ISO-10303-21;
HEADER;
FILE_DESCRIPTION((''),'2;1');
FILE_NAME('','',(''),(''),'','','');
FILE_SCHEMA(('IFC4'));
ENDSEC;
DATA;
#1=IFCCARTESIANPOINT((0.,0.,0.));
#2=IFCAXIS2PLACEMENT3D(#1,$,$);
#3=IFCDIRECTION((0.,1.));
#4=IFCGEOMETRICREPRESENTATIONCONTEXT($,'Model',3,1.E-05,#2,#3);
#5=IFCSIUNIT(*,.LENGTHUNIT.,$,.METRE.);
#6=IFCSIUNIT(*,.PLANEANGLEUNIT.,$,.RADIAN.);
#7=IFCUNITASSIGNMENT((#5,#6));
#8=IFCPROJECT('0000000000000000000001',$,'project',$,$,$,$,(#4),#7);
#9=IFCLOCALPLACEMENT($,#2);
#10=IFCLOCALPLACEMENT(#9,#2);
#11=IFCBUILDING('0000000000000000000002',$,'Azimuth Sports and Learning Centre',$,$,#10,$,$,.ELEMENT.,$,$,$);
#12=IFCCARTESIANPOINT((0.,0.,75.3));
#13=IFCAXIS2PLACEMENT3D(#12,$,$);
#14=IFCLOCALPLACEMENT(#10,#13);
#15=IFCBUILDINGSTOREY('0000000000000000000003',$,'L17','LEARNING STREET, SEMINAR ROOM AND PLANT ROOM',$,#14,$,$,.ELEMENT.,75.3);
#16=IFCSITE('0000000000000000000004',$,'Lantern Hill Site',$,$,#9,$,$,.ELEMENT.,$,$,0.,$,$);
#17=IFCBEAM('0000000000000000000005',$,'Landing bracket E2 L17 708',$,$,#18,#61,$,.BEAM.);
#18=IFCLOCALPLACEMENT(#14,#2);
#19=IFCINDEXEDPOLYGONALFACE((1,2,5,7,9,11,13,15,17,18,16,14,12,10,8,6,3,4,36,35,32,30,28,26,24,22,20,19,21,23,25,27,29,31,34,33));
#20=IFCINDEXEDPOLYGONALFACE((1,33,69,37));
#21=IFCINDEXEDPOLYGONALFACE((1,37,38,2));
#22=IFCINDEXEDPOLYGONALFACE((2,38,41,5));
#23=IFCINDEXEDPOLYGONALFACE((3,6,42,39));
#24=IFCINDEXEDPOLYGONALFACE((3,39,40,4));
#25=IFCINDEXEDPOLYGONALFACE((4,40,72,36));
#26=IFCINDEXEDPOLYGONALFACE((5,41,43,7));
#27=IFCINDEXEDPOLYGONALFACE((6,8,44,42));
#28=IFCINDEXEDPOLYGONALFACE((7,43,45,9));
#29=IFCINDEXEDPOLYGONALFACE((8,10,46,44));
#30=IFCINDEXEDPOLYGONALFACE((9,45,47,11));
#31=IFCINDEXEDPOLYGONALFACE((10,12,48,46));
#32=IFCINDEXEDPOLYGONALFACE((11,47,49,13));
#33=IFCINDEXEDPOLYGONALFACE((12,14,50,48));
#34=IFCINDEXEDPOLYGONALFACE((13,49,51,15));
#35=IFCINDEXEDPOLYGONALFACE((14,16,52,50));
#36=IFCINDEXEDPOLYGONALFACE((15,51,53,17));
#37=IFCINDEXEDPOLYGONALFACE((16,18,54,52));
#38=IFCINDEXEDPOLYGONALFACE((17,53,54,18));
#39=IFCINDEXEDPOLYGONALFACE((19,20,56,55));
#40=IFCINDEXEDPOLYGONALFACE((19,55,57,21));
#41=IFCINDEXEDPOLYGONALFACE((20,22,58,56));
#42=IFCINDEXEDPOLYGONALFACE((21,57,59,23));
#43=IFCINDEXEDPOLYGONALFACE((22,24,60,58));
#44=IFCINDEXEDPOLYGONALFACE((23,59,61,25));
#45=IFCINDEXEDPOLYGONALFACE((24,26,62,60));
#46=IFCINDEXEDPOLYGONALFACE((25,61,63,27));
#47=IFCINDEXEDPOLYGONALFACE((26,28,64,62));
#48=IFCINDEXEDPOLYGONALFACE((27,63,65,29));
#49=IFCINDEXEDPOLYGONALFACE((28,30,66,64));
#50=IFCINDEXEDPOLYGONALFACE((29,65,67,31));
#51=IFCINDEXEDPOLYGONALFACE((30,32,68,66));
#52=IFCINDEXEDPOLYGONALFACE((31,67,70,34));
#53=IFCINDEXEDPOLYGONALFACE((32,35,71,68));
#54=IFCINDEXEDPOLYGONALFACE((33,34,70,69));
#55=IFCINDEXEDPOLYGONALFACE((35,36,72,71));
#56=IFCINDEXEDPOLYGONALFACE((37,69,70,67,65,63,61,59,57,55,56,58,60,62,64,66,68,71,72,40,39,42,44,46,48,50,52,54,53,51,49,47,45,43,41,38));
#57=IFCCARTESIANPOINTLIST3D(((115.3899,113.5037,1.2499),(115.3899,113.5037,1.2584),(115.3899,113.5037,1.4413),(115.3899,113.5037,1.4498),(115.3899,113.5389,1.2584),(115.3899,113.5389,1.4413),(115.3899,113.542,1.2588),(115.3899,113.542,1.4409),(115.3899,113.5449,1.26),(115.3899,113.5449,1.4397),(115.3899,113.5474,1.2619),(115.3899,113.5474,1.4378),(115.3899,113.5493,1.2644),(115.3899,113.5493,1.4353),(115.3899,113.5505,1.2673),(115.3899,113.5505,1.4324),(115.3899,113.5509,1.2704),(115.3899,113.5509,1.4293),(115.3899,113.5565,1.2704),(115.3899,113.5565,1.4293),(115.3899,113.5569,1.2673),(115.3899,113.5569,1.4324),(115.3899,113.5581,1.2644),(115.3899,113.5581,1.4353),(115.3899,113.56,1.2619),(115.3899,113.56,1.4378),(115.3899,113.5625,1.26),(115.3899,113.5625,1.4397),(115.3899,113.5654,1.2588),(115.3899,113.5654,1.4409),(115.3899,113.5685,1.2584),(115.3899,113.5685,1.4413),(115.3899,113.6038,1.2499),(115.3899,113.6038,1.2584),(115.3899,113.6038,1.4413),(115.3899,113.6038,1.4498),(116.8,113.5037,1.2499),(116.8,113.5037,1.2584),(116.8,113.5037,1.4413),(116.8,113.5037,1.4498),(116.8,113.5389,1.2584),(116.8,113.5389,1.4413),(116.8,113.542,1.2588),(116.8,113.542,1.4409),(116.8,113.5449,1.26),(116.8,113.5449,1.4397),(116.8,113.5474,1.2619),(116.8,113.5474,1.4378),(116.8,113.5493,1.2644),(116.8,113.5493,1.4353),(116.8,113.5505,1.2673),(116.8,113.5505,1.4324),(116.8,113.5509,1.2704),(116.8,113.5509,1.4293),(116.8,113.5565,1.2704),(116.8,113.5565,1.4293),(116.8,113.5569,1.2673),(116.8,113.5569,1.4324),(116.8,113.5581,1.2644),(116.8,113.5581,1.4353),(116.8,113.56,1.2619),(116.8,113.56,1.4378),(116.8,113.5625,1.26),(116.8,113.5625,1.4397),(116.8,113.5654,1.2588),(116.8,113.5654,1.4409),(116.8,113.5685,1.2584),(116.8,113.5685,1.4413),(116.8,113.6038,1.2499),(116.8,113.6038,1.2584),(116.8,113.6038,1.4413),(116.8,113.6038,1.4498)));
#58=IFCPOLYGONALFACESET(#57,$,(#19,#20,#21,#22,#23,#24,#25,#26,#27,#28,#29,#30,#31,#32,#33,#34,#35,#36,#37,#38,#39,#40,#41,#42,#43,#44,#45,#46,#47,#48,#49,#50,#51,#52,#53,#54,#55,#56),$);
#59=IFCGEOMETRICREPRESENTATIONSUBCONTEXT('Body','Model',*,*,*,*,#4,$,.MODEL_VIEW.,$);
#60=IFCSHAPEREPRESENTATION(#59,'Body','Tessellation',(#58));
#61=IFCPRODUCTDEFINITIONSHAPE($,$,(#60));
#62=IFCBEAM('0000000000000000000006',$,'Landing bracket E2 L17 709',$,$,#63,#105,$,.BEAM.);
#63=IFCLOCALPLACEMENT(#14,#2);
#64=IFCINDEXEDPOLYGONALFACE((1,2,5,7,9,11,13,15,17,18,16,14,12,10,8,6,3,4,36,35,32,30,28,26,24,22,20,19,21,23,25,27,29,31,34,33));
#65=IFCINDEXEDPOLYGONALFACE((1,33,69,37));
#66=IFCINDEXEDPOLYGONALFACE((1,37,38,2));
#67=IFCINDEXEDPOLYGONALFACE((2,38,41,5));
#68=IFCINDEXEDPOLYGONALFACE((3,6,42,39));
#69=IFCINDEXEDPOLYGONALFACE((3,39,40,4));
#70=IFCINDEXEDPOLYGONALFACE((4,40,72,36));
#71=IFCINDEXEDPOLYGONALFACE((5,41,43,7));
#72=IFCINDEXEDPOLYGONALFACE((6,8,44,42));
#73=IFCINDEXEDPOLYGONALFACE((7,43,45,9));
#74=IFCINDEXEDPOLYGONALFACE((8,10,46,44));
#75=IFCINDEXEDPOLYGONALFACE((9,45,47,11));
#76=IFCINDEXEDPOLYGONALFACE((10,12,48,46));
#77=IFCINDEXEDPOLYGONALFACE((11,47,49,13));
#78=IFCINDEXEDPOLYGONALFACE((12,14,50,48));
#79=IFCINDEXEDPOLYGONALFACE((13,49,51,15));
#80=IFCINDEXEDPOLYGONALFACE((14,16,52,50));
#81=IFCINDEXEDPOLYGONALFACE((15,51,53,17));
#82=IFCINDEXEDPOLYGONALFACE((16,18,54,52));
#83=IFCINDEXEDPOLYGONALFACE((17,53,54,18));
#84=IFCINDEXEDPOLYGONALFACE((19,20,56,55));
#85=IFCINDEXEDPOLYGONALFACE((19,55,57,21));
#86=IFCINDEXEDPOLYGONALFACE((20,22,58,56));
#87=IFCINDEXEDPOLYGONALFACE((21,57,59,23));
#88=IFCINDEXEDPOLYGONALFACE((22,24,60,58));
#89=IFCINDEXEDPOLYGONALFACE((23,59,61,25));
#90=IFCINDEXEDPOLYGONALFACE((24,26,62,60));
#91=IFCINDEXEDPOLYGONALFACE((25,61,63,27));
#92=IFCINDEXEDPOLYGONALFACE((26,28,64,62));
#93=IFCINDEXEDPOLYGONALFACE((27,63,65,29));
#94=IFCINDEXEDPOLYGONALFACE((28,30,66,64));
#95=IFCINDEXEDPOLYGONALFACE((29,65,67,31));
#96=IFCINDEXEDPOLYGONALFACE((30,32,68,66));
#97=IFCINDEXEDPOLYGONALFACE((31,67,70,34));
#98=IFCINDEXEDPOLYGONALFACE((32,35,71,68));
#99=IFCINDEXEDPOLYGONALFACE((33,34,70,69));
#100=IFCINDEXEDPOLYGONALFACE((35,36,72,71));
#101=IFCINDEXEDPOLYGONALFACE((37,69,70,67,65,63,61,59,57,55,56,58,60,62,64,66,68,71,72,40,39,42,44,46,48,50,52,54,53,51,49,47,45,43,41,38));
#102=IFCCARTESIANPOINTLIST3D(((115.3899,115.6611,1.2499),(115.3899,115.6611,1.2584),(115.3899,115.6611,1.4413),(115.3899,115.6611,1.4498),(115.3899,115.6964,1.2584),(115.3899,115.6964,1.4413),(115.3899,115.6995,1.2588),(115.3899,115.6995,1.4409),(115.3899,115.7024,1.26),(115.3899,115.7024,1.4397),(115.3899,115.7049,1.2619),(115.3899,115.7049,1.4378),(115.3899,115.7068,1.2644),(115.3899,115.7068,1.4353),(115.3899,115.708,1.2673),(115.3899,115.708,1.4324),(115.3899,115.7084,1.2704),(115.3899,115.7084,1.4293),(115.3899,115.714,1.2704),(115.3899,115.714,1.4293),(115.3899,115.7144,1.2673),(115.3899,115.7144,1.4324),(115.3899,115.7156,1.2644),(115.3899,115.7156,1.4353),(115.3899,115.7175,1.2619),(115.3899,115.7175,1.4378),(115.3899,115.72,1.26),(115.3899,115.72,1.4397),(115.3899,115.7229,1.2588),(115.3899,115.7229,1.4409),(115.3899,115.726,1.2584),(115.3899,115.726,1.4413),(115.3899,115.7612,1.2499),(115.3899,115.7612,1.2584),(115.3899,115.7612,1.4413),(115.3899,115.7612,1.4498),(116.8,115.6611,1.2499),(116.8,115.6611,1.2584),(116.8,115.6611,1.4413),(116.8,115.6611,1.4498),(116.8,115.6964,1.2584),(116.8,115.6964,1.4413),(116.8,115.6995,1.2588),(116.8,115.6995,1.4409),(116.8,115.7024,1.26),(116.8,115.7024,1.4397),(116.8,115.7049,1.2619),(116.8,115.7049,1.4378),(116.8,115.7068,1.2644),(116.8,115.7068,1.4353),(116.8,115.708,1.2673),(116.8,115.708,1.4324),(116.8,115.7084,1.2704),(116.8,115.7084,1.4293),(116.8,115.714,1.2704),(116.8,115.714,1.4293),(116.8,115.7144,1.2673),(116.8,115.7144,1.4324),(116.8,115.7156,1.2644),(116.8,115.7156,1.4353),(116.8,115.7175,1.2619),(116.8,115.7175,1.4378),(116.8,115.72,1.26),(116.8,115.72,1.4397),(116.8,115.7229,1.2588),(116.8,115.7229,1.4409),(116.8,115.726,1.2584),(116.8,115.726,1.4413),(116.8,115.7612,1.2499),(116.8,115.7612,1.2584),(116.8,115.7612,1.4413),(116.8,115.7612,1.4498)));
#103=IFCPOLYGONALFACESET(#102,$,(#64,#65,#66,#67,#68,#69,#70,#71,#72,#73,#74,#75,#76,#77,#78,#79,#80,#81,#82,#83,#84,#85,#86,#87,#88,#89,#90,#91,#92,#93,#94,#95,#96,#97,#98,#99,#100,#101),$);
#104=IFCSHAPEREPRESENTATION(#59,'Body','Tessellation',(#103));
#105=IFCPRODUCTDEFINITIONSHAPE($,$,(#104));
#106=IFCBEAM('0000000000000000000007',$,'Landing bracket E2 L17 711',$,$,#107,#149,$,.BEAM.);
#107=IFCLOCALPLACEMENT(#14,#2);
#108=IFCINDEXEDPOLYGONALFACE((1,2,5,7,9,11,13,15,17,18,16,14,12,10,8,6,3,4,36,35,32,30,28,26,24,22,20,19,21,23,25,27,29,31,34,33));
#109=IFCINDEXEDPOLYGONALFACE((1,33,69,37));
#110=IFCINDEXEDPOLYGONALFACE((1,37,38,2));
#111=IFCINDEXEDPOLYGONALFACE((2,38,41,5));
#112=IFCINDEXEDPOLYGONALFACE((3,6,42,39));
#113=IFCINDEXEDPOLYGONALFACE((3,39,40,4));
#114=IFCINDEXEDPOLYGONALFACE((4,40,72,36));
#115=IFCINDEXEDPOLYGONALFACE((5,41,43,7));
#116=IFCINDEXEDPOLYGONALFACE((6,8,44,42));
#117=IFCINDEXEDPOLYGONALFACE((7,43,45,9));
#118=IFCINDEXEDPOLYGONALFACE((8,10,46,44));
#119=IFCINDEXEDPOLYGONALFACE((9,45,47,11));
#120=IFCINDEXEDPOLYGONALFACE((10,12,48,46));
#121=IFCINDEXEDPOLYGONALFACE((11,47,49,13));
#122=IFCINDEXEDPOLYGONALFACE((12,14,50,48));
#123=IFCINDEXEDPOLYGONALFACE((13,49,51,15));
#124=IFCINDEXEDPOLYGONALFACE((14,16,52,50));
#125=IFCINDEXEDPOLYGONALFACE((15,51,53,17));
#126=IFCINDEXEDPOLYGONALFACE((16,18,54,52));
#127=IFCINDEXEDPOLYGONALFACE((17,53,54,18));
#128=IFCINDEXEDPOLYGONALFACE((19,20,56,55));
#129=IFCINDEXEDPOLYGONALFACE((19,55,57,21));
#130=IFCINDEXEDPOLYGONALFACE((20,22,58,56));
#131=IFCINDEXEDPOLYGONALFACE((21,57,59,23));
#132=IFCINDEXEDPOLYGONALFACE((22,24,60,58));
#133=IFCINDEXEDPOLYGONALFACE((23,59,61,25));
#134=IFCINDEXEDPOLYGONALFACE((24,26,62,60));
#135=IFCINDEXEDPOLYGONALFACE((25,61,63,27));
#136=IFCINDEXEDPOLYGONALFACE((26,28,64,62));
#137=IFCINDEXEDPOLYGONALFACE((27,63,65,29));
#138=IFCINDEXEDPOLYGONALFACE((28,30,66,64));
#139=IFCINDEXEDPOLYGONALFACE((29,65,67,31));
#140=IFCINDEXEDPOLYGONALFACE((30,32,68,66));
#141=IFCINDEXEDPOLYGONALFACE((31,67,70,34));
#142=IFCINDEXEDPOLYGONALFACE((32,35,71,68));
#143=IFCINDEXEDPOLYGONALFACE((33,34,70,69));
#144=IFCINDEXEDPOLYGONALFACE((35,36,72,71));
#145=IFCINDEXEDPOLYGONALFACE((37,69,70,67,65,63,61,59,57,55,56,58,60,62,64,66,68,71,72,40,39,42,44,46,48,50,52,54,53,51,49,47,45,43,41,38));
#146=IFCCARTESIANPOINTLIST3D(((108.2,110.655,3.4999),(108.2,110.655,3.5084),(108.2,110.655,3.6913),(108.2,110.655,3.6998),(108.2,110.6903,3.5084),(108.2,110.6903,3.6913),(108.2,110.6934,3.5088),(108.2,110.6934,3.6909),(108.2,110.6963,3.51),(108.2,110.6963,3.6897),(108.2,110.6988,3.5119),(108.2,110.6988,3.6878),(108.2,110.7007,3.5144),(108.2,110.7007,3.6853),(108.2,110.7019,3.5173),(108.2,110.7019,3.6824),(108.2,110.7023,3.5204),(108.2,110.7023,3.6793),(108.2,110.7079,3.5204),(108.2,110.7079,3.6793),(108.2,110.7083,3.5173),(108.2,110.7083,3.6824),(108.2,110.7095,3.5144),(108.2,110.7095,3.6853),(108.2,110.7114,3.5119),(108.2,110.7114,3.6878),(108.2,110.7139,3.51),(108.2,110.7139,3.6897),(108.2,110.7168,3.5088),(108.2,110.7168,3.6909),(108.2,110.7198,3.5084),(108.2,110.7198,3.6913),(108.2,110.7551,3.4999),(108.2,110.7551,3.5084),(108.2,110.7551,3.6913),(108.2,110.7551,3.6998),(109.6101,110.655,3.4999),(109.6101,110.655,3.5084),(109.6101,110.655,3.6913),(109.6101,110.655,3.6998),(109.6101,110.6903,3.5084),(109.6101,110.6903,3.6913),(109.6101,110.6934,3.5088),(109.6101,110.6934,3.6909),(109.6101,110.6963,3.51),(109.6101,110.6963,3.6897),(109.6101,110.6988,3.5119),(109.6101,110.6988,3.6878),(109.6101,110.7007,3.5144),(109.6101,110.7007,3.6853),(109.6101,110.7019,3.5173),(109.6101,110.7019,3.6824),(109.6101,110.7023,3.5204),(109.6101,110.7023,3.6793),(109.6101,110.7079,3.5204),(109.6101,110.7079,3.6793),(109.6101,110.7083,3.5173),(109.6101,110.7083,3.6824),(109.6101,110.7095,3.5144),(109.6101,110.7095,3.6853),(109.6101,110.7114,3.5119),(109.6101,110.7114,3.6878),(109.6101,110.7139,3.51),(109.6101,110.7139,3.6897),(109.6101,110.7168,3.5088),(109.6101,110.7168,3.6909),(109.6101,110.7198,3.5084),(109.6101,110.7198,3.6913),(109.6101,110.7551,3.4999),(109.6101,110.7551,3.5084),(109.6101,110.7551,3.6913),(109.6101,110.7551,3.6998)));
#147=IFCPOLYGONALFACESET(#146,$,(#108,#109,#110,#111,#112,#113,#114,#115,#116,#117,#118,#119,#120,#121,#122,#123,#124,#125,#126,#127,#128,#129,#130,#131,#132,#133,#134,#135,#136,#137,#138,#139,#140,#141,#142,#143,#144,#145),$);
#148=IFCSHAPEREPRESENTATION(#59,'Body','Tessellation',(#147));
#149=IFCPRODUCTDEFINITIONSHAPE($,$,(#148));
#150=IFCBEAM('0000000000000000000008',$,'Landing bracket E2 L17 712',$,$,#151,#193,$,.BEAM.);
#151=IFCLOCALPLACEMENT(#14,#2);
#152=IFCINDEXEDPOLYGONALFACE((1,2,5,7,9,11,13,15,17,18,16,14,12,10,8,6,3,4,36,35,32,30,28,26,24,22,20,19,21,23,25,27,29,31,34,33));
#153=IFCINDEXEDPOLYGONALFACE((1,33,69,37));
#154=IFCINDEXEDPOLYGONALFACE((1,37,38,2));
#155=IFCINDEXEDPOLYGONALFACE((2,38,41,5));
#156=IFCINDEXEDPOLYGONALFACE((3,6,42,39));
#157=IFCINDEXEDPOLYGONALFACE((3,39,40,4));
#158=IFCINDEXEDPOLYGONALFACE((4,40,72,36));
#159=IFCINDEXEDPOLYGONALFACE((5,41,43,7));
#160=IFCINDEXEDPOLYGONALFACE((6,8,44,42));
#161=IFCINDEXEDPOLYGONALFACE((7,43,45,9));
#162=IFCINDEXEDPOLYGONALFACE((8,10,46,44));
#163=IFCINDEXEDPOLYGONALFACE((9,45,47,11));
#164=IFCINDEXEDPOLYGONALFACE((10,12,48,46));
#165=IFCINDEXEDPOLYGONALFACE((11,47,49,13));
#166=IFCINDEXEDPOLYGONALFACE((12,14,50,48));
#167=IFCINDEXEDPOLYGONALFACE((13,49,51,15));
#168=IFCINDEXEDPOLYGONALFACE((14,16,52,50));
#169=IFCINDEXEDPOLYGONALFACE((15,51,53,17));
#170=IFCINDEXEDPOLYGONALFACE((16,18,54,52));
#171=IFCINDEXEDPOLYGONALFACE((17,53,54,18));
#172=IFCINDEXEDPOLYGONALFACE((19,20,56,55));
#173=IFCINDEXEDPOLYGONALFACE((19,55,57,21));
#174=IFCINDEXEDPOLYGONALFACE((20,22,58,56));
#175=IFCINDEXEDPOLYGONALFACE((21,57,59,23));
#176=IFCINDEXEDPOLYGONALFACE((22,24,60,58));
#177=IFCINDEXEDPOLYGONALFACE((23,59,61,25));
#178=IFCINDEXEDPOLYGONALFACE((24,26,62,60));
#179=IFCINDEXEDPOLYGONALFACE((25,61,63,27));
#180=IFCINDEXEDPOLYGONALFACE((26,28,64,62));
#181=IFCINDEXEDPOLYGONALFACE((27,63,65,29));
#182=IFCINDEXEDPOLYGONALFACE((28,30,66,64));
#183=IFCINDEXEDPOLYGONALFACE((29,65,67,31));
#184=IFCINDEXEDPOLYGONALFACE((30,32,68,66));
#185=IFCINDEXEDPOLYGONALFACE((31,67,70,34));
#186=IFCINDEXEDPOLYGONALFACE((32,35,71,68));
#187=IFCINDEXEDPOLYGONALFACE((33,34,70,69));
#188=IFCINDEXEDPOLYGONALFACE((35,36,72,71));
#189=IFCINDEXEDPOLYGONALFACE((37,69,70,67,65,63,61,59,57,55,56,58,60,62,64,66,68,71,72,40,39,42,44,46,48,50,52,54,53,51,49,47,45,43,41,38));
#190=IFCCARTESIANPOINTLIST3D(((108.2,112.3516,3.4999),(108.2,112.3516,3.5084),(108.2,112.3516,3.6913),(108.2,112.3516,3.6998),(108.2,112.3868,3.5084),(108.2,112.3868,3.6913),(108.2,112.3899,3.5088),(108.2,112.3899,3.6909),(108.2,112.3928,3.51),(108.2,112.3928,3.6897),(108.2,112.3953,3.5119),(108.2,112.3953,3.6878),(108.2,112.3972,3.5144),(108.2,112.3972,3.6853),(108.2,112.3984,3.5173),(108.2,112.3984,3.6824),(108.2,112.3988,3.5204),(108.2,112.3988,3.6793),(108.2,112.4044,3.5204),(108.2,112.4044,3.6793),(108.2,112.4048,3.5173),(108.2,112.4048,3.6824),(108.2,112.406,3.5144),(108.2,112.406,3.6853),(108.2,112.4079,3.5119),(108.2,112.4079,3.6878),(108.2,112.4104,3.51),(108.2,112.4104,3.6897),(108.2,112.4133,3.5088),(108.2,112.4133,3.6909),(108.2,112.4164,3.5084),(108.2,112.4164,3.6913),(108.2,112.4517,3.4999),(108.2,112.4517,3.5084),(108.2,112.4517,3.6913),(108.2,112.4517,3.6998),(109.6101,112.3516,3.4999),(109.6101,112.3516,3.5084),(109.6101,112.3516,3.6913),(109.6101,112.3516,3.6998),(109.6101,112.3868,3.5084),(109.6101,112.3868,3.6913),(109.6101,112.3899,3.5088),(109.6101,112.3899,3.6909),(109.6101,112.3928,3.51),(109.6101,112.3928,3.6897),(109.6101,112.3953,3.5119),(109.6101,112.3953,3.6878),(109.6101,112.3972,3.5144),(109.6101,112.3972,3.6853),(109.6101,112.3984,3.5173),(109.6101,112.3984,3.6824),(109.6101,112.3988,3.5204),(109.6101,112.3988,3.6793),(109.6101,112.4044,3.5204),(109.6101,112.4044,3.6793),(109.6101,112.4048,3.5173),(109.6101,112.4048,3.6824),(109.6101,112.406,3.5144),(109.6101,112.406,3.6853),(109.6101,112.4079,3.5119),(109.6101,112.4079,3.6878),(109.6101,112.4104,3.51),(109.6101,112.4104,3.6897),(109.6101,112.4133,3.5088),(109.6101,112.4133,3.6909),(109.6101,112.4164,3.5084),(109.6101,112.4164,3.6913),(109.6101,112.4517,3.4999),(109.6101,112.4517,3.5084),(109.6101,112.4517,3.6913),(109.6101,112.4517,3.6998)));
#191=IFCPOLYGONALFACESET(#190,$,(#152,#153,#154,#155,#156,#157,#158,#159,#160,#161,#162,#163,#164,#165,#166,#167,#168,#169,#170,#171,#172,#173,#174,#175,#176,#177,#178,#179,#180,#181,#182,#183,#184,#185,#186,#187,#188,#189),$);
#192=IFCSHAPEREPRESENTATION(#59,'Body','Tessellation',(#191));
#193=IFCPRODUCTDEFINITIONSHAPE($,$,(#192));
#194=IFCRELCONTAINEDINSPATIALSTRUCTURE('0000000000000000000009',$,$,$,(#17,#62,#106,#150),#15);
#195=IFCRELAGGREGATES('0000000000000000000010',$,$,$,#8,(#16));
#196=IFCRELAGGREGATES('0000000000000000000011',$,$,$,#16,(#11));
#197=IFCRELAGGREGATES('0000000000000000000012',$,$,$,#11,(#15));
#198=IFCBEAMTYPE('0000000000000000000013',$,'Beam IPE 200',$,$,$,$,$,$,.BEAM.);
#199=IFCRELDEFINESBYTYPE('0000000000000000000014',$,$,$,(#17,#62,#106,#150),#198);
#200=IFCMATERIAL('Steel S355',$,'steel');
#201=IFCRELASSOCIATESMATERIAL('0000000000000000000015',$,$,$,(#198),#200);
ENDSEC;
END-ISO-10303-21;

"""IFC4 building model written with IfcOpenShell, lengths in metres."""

from ifc_helpers import new_model, si_unit, direction, frame, origin, origin_2d, place, context, subcontext, project, spatial, i_section, extrude, material, material_profile, profile_set, type_object, element, save


model = new_model("IFC4")

# Units and contexts
model_context = context("Model", 3, precision=1e-05, world=origin(), true_north=direction((0.0, 1.0)))
body_context = subcontext(model_context, "Body", "Model", "MODEL_VIEW")
ifc_project = project(units=[si_unit("LENGTHUNIT", "METRE"), si_unit("PLANEANGLEUNIT", "RADIAN")], contexts=[model_context])

# Site, building, storey
site_placement = place(None, origin())
site = spatial("IfcSite", under=ifc_project, at=site_placement, Name="Lantern Hill Site", CompositionType="ELEMENT", RefElevation=0.0)
building_placement = place(site_placement, origin())
building = spatial("IfcBuilding", under=site, at=building_placement, Name="Azimuth Sports and Learning Centre", CompositionType="ELEMENT")
storey_placement = place(building_placement, frame((0.0, 0.0, 75.3)))
storey = spatial("IfcBuildingStorey", under=building, at=storey_placement, Name="L17", Description="LEARNING STREET, SEMINAR ROOM AND PLANT ROOM", CompositionType="ELEMENT", Elevation=75.3)

# Beams
ifc_material_1 = material(Name="Steel S355", Category="steel")
ifc_material_profile_1 = material_profile(ifc_material_1, i_section(OverallWidth=0.1001, OverallDepth=0.2, WebThickness=0.0056, FlangeThickness=0.0085, FilletRadius=0.012, at=origin_2d()), Name="IPE 200")
ifc_profile_set_1 = profile_set([ifc_material_profile_1], Name="Steel S355")
beam_type_1 = type_object("IfcBeamType", Name="Beam IPE 200", PredefinedType="BEAM", material=ifc_profile_set_1)
for number, where, z_axis, x_axis, name in (
    (1, (116.8, 113.5537, 1.3499), (-1.0, 0.0, 0.0), (0.0, -1.0, 0.0), "Landing bracket E2 L17 708"),
    (2, (116.8, 115.7112, 1.3499), (-1.0, 0.0, 0.0), (0.0, -1.0, 0.0), "Landing bracket E2 L17 709"),
    (3, (108.2, 110.7051, 3.5999), (1.0, 0.0, 0.0), (0.0, 1.0, 0.0), "Landing bracket E2 L17 711"),
    (4, (108.2, 112.4016, 3.5999), (1.0, 0.0, 0.0), (0.0, 1.0, 0.0), "Landing bracket E2 L17 712"),
):
    element("IfcBeam", number, at=place(storey_placement, frame(where, z_axis=z_axis, x_axis=x_axis)), inside=storey, type_object=beam_type_1, Name=name, PredefinedType="BEAM", context=body_context, shape_type="SweptSolid", body=[
        extrude(i_section(OverallWidth=0.1001, OverallDepth=0.2, WebThickness=0.0056, FlangeThickness=0.0085, FilletRadius=0.012, at=origin_2d()), origin(), (0.0, 0.0, 1.0), 1.4102),
    ])

save(model, "model.ifc")
